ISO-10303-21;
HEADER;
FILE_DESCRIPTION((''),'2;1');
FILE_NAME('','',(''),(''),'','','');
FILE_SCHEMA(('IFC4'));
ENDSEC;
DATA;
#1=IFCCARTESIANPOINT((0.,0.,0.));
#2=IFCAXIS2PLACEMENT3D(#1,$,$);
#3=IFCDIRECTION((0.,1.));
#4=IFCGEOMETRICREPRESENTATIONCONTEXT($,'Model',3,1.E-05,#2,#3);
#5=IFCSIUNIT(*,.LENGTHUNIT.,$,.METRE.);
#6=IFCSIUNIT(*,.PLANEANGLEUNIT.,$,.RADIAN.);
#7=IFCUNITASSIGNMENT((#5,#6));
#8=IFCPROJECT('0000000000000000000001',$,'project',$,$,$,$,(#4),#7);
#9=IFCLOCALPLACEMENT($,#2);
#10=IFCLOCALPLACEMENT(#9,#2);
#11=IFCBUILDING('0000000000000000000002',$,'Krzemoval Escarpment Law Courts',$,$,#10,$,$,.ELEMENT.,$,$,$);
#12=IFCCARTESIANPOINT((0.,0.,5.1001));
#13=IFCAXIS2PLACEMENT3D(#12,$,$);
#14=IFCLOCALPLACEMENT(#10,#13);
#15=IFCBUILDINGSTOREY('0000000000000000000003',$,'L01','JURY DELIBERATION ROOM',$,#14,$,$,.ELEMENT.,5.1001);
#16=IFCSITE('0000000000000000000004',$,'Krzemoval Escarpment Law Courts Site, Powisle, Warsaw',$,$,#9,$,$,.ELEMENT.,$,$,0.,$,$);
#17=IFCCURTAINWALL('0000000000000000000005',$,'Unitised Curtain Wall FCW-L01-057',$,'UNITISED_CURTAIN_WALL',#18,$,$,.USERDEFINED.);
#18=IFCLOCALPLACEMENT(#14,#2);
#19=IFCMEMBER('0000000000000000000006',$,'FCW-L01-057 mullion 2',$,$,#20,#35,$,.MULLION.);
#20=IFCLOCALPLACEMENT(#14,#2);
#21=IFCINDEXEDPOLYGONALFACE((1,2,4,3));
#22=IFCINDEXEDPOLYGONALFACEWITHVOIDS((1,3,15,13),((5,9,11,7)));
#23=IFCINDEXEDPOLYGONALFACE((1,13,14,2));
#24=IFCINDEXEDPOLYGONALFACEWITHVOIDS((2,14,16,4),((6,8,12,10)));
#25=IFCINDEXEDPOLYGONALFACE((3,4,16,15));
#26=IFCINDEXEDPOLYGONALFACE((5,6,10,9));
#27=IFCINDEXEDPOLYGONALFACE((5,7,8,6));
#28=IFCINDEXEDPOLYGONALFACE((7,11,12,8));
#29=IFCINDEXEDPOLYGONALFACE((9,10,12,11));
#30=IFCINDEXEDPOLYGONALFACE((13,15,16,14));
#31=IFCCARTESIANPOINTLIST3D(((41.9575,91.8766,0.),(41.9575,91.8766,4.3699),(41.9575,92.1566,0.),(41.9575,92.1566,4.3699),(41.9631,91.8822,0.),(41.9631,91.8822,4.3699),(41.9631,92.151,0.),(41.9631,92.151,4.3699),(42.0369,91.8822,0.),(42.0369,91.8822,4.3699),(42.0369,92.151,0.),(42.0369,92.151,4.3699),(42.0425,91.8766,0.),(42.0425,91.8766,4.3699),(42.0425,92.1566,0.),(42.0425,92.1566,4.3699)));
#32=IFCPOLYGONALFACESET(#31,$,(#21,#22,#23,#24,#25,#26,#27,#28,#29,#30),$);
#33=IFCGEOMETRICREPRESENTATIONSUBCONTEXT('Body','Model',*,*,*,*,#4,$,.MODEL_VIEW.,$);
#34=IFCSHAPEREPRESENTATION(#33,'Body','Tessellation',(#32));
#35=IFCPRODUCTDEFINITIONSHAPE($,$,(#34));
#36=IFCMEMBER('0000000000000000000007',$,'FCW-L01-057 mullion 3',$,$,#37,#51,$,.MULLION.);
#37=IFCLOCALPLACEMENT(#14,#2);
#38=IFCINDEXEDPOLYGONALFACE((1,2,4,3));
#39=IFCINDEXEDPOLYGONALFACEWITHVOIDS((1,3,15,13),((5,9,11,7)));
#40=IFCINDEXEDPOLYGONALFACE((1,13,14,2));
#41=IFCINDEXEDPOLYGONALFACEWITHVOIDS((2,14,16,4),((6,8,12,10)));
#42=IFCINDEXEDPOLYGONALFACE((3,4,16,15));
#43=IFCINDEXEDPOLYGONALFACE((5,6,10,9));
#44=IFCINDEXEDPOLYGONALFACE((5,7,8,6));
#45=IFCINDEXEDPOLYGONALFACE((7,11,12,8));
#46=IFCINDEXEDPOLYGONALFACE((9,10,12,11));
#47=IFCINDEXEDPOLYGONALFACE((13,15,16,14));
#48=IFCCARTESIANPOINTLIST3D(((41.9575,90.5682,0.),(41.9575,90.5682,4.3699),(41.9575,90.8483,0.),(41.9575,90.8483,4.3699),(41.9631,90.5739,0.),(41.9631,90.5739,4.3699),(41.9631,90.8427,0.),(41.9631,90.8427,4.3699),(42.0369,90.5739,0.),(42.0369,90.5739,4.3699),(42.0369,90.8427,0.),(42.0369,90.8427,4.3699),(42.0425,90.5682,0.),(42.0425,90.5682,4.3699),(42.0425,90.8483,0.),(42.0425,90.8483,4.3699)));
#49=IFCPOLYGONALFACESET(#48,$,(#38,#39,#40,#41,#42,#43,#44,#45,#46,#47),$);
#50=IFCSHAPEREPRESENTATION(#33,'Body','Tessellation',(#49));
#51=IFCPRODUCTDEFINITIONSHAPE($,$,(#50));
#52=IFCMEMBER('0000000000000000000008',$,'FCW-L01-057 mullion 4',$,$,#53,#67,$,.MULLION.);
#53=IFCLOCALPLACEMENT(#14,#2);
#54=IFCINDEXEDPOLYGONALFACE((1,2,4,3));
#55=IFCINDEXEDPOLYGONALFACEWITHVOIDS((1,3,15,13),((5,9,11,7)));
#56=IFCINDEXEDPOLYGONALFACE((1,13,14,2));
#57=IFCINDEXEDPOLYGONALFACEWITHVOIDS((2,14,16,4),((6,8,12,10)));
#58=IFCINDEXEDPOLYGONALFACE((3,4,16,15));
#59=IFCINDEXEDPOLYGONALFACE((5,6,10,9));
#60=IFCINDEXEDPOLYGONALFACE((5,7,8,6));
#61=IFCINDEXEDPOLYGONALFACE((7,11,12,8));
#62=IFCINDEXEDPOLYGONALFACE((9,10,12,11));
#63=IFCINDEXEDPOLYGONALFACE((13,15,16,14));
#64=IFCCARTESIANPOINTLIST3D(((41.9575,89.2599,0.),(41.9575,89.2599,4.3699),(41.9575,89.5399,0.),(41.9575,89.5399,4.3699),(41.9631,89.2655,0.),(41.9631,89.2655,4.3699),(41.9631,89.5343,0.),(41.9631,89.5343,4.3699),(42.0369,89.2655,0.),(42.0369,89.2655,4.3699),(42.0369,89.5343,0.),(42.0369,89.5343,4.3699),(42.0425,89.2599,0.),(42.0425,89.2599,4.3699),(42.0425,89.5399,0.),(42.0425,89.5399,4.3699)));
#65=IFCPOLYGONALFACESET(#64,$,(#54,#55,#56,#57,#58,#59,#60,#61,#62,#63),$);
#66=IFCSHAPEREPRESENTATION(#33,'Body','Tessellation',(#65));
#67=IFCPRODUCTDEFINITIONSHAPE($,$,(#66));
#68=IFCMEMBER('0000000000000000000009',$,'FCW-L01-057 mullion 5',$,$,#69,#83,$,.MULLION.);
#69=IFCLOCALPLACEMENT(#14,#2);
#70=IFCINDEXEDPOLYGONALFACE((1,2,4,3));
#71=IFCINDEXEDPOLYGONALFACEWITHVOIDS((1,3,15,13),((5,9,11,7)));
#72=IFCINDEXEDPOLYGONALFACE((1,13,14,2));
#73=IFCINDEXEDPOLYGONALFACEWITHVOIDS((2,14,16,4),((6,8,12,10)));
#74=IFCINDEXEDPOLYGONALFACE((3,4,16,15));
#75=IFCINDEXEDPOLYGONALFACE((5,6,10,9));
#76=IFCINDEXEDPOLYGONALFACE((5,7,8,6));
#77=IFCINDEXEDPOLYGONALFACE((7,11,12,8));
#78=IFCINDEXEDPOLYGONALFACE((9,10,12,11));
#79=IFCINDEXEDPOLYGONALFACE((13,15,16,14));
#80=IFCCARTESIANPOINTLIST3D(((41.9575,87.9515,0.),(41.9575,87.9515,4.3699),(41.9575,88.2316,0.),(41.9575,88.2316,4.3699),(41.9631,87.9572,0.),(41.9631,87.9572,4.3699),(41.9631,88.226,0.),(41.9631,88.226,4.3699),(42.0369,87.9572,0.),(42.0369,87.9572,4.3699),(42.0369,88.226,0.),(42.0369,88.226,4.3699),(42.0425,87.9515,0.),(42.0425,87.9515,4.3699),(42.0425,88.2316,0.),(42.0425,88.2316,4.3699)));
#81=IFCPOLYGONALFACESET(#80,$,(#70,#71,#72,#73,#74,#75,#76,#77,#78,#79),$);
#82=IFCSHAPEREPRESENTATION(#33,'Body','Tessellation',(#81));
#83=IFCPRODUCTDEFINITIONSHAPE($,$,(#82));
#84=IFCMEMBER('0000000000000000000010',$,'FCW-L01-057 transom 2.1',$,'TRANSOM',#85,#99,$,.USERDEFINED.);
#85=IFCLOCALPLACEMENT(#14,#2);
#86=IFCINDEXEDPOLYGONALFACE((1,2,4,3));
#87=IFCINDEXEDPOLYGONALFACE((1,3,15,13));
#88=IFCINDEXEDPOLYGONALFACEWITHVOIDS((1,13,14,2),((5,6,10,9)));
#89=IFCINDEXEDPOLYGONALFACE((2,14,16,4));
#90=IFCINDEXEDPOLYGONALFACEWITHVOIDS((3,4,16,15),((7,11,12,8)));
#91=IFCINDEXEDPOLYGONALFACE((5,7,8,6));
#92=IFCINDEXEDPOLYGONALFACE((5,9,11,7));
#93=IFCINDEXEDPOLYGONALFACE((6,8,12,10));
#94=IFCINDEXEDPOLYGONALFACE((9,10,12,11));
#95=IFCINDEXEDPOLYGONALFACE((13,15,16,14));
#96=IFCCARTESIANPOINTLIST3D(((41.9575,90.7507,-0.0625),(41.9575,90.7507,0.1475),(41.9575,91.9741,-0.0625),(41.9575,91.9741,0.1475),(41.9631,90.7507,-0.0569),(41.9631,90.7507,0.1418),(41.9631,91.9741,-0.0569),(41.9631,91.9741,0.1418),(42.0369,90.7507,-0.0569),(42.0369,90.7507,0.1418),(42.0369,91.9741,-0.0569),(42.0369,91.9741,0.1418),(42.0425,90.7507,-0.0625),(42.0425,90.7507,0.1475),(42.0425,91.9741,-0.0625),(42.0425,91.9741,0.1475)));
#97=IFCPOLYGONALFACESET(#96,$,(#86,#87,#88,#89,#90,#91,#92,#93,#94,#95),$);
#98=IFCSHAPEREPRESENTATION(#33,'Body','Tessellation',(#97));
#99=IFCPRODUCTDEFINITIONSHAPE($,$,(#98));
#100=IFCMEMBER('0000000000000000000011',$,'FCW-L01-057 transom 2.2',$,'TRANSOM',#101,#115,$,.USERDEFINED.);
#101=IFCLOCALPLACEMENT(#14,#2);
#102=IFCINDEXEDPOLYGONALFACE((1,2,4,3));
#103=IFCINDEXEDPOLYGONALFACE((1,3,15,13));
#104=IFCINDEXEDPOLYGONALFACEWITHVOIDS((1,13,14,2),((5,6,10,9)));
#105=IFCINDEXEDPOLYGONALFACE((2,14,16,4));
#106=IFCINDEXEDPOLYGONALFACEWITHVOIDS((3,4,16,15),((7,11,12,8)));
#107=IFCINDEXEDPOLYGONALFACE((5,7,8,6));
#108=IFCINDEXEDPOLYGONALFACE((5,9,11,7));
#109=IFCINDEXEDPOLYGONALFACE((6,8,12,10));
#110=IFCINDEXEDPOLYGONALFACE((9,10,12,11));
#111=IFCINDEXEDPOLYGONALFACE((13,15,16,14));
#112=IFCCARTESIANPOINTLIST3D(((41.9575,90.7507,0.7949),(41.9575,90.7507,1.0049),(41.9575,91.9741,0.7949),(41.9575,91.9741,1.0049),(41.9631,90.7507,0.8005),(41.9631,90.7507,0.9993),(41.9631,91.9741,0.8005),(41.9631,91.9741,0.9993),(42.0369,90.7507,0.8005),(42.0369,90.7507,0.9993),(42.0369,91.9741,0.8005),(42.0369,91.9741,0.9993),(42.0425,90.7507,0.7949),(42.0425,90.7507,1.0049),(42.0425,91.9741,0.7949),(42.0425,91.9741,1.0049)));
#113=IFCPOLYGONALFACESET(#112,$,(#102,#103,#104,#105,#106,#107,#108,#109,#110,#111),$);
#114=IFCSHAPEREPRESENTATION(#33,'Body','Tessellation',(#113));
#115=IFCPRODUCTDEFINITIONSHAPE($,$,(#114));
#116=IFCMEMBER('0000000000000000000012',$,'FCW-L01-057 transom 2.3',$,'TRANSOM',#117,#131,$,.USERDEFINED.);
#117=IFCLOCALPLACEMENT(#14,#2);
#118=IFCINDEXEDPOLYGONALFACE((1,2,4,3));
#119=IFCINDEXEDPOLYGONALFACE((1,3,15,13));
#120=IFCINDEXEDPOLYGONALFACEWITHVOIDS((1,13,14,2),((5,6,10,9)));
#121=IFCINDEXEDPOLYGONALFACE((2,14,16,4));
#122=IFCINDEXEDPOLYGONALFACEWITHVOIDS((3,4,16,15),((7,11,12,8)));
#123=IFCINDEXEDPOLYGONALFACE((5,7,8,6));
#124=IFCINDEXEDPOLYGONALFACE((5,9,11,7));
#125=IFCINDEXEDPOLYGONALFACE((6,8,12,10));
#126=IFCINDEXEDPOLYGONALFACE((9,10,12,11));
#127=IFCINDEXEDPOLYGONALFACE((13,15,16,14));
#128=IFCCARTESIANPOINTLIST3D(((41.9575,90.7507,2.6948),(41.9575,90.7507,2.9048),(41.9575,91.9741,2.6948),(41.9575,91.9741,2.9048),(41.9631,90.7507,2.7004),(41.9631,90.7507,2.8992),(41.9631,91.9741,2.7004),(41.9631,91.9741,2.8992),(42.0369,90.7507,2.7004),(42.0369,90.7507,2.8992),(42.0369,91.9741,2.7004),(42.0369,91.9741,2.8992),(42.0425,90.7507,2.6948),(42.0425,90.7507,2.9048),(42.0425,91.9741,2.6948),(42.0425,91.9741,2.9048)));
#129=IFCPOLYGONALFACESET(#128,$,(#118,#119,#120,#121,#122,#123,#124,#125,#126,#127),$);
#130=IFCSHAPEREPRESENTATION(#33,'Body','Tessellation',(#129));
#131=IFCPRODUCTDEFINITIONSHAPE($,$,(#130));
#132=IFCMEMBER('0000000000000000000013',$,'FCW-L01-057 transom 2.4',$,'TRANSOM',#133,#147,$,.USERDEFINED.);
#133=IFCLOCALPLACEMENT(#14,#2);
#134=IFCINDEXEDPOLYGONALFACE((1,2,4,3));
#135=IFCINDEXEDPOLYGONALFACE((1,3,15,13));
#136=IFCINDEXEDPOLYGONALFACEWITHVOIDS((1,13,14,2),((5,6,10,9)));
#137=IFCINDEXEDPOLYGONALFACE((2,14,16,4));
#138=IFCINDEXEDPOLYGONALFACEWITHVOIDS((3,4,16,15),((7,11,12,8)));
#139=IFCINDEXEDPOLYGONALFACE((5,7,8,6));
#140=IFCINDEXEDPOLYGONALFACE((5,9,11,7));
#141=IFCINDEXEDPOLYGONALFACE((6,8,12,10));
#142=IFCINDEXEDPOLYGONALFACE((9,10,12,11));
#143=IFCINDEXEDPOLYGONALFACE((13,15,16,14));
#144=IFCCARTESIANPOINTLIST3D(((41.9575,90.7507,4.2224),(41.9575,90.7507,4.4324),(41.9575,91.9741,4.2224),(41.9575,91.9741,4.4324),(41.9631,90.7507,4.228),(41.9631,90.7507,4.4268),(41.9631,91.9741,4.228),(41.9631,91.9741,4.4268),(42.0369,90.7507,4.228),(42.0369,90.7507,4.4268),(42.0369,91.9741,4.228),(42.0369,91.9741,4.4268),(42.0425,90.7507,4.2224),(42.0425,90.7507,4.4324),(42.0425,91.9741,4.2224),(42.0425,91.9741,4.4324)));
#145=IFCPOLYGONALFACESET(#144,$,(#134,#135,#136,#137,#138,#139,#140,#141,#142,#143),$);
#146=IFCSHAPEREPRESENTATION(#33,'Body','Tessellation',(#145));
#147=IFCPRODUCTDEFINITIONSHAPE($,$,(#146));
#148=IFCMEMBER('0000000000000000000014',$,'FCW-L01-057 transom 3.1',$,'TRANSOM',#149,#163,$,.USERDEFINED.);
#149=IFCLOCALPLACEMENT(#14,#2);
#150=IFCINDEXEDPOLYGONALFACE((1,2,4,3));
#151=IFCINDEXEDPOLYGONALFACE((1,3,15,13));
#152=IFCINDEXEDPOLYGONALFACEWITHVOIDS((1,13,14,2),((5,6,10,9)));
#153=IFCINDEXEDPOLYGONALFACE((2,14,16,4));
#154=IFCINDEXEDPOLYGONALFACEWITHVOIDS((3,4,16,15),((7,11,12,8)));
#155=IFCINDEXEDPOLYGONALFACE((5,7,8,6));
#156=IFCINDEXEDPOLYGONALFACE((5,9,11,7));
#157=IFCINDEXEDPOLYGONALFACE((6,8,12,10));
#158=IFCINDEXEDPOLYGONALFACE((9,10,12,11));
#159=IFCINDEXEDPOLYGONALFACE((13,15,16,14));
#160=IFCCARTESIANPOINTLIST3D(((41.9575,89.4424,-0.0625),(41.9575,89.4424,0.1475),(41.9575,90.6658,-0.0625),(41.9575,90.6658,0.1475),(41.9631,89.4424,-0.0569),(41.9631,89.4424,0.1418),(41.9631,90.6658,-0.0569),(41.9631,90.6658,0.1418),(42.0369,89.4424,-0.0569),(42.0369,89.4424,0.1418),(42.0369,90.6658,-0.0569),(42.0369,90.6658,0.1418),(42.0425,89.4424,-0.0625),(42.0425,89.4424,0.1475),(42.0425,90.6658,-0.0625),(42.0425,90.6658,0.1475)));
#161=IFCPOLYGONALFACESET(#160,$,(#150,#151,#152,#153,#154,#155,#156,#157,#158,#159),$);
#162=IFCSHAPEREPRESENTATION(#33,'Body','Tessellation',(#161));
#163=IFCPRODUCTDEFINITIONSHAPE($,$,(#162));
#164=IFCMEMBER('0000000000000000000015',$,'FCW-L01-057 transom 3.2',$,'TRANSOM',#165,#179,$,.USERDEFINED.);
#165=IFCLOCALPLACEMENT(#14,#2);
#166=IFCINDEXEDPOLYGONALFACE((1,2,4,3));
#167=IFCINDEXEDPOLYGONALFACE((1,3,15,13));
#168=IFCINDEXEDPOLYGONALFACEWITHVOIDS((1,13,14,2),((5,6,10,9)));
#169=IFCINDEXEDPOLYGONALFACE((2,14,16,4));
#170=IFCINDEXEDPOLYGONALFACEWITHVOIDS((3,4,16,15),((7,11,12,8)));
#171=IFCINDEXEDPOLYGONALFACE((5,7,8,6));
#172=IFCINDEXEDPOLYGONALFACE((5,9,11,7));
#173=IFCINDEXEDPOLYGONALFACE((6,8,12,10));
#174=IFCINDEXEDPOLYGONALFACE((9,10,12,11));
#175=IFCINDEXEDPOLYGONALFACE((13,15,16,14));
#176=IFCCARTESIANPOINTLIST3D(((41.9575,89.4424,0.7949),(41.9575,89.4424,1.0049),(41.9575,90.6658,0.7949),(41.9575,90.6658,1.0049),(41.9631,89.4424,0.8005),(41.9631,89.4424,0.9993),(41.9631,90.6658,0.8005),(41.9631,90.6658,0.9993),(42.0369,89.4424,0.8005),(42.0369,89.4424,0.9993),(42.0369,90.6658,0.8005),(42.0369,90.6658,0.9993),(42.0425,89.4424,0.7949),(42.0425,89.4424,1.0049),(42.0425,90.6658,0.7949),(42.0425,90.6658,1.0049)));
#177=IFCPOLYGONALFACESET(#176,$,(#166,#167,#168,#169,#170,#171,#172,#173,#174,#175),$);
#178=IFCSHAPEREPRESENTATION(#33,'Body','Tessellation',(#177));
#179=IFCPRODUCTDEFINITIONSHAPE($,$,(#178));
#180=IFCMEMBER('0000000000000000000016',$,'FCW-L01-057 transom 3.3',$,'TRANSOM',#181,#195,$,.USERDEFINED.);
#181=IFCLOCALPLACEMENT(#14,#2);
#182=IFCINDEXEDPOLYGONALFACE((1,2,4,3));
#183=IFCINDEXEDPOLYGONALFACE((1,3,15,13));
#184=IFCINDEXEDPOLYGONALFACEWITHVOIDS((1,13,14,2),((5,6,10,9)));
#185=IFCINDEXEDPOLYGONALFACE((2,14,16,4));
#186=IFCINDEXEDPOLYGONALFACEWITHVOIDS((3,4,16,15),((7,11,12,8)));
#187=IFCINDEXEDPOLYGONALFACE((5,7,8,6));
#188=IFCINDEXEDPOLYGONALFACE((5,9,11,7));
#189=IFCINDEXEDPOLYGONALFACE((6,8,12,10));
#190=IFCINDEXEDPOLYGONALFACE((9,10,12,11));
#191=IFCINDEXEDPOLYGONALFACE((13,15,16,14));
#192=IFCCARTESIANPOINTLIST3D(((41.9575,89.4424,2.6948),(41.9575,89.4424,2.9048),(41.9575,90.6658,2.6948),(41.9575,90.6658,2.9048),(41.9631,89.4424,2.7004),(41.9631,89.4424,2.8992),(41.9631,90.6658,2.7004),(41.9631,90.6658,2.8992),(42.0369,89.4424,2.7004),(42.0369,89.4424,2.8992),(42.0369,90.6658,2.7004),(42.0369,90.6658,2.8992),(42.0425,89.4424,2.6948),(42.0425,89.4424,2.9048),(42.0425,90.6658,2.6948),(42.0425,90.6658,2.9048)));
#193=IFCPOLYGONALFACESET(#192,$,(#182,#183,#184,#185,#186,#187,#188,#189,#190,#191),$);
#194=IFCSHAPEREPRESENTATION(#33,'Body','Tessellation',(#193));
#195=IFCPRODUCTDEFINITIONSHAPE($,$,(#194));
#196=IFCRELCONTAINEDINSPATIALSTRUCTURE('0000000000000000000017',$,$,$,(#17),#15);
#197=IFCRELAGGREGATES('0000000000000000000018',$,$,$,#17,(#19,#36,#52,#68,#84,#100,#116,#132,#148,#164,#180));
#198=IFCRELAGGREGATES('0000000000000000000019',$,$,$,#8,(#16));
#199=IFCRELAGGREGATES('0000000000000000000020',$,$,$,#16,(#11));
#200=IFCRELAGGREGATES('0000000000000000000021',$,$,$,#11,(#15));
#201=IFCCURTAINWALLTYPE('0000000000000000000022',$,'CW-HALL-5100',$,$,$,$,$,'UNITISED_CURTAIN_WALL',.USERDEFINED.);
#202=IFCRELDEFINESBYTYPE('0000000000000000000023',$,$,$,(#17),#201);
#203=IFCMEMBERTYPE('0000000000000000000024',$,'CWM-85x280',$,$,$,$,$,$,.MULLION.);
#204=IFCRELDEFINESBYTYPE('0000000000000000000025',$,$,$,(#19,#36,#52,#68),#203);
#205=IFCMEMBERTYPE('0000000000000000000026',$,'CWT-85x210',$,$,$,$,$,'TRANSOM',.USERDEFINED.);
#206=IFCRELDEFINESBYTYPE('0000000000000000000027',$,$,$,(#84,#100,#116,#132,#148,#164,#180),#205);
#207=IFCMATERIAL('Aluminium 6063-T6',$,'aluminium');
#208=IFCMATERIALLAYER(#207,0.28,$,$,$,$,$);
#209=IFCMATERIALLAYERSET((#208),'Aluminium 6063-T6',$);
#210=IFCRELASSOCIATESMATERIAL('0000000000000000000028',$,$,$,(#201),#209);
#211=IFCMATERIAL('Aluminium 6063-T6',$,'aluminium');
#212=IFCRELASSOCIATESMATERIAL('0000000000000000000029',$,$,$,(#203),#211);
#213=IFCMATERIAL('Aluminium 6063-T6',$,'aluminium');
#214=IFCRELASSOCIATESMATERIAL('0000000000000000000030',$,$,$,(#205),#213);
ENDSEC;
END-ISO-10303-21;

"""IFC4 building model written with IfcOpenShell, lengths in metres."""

from ifc_helpers import new_model, si_unit, direction, frame, origin, origin_2d, place, context, subcontext, project, spatial, hollow_rectangle, extrude, material, layer, layer_set, material_profile, profile_set, type_object, element, aggregate, save


model = new_model("IFC4")

# Units and contexts
model_context = context("Model", 3, precision=1e-05, world=origin(), true_north=direction((0.0, 1.0)))
body_context = subcontext(model_context, "Body", "Model", "MODEL_VIEW")
ifc_project = project(units=[si_unit("LENGTHUNIT", "METRE"), si_unit("PLANEANGLEUNIT", "RADIAN")], contexts=[model_context])

# Site, building, storey
site_placement = place(None, origin())
site = spatial("IfcSite", under=ifc_project, at=site_placement, Name="Krzemoval Escarpment Law Courts Site, Powisle, Warsaw", CompositionType="ELEMENT", RefElevation=0.0)
building_placement = place(site_placement, origin())
building = spatial("IfcBuilding", under=site, at=building_placement, Name="Krzemoval Escarpment Law Courts", CompositionType="ELEMENT")
storey_placement = place(building_placement, frame((0.0, 0.0, 5.1001)))
storey = spatial("IfcBuildingStorey", under=building, at=storey_placement, Name="L01", Description="JURY DELIBERATION ROOM", CompositionType="ELEMENT", Elevation=5.1001)

# Curtain wall, members
ifc_material_1 = material(Name="Aluminium 6063-T6", Category="aluminium")
ifc_layer_1 = layer(ifc_material_1, 0.28)
ifc_layer_set_1 = layer_set([ifc_layer_1], Name="Aluminium 6063-T6")
curtain_wall_type = type_object("IfcCurtainWallType", Name="CW-HALL-5100", ElementType="UNITISED_CURTAIN_WALL", PredefinedType="USERDEFINED", material=ifc_layer_set_1)
curtain_wall_placement = place(storey_placement, origin())
curtain_wall = element("IfcCurtainWall", 1, at=curtain_wall_placement, inside=storey, type_object=curtain_wall_type, Name="Unitised Curtain Wall FCW-L01-057", ObjectType="UNITISED_CURTAIN_WALL", PredefinedType="USERDEFINED")
ifc_material_2 = material(Name="Aluminium 6063-T6", Category="aluminium")
ifc_material_profile_1 = material_profile(ifc_material_2, hollow_rectangle(XDim=0.085, YDim=0.28, WallThickness=0.0056, at=origin_2d()), Name="ALU M85x280")
ifc_profile_set_1 = profile_set([ifc_material_profile_1], Name="Aluminium 6063-T6")
member_type_1 = type_object("IfcMemberType", Name="CWM-85x280", PredefinedType="MULLION", material=ifc_profile_set_1)
member_1_placement = place(storey_placement, frame((42.0, 92.0166, 0.0), z_axis=(0.0, 0.0, 1.0), x_axis=(1.0, 0.0, 0.0)))
member_1 = element("IfcMember", 2, at=member_1_placement, type_object=member_type_1, Name="FCW-L01-057 mullion 2", PredefinedType="MULLION", context=body_context, shape_type="SweptSolid", body=[
    extrude(hollow_rectangle(XDim=0.085, YDim=0.28, WallThickness=0.0056, at=origin_2d()), origin(), (0.0, 0.0, 1.0), 4.3699),
])
member_2_placement = place(storey_placement, frame((42.0, 90.7083, 0.0), z_axis=(0.0, 0.0, 1.0), x_axis=(1.0, 0.0, 0.0)))
member_2 = element("IfcMember", 3, at=member_2_placement, type_object=member_type_1, Name="FCW-L01-057 mullion 3", PredefinedType="MULLION", context=body_context, shape_type="SweptSolid", body=[
    extrude(hollow_rectangle(XDim=0.085, YDim=0.28, WallThickness=0.0056, at=origin_2d()), origin(), (0.0, 0.0, 1.0), 4.3699),
])
member_3_placement = place(storey_placement, frame((42.0, 89.3999, 0.0), z_axis=(0.0, 0.0, 1.0), x_axis=(1.0, 0.0, 0.0)))
member_3 = element("IfcMember", 4, at=member_3_placement, type_object=member_type_1, Name="FCW-L01-057 mullion 4", PredefinedType="MULLION", context=body_context, shape_type="SweptSolid", body=[
    extrude(hollow_rectangle(XDim=0.085, YDim=0.28, WallThickness=0.0056, at=origin_2d()), origin(), (0.0, 0.0, 1.0), 4.3699),
])
member_4_placement = place(storey_placement, frame((42.0, 88.0916, 0.0), z_axis=(0.0, 0.0, 1.0), x_axis=(1.0, 0.0, 0.0)))
member_4 = element("IfcMember", 5, at=member_4_placement, type_object=member_type_1, Name="FCW-L01-057 mullion 5", PredefinedType="MULLION", context=body_context, shape_type="SweptSolid", body=[
    extrude(hollow_rectangle(XDim=0.085, YDim=0.28, WallThickness=0.0056, at=origin_2d()), origin(), (0.0, 0.0, 1.0), 4.3699),
])
ifc_material_3 = material(Name="Aluminium 6063-T6", Category="aluminium")
ifc_material_profile_2 = material_profile(ifc_material_3, hollow_rectangle(XDim=0.085, YDim=0.21, WallThickness=0.0056, at=origin_2d()), Name="ALU T85x210")
ifc_profile_set_2 = profile_set([ifc_material_profile_2], Name="Aluminium 6063-T6")
member_type_2 = type_object("IfcMemberType", Name="CWT-85x210", ElementType="TRANSOM", PredefinedType="USERDEFINED", material=ifc_profile_set_2)
member_5_placement = place(storey_placement, frame((42.0, 91.9741, 0.0425), z_axis=(0.0, -1.0, 0.0), x_axis=(1.0, 0.0, 0.0)))
member_5 = element("IfcMember", 6, at=member_5_placement, type_object=member_type_2, Name="FCW-L01-057 transom 2.1", ObjectType="TRANSOM", PredefinedType="USERDEFINED", context=body_context, shape_type="SweptSolid", body=[
    extrude(hollow_rectangle(XDim=0.085, YDim=0.21, WallThickness=0.0056, at=origin_2d()), origin(), (0.0, 0.0, 1.0), 1.2234),
])
member_6_placement = place(storey_placement, frame((42.0, 91.9741, 0.8999), z_axis=(0.0, -1.0, 0.0), x_axis=(1.0, 0.0, 0.0)))
member_6 = element("IfcMember", 7, at=member_6_placement, type_object=member_type_2, Name="FCW-L01-057 transom 2.2", ObjectType="TRANSOM", PredefinedType="USERDEFINED", context=body_context, shape_type="SweptSolid", body=[
    extrude(hollow_rectangle(XDim=0.085, YDim=0.21, WallThickness=0.0056, at=origin_2d()), origin(), (0.0, 0.0, 1.0), 1.2234),
])
member_7_placement = place(storey_placement, frame((42.0, 91.9741, 2.7998), z_axis=(0.0, -1.0, 0.0), x_axis=(1.0, 0.0, 0.0)))
member_7 = element("IfcMember", 8, at=member_7_placement, type_object=member_type_2, Name="FCW-L01-057 transom 2.3", ObjectType="TRANSOM", PredefinedType="USERDEFINED", context=body_context, shape_type="SweptSolid", body=[
    extrude(hollow_rectangle(XDim=0.085, YDim=0.21, WallThickness=0.0056, at=origin_2d()), origin(), (0.0, 0.0, 1.0), 1.2234),
])
member_8_placement = place(storey_placement, frame((42.0, 91.9741, 4.3274), z_axis=(0.0, -1.0, 0.0), x_axis=(1.0, 0.0, 0.0)))
member_8 = element("IfcMember", 9, at=member_8_placement, type_object=member_type_2, Name="FCW-L01-057 transom 2.4", ObjectType="TRANSOM", PredefinedType="USERDEFINED", context=body_context, shape_type="SweptSolid", body=[
    extrude(hollow_rectangle(XDim=0.085, YDim=0.21, WallThickness=0.0056, at=origin_2d()), origin(), (0.0, 0.0, 1.0), 1.2234),
])
member_9_placement = place(storey_placement, frame((42.0, 90.6658, 0.0425), z_axis=(0.0, -1.0, 0.0), x_axis=(1.0, 0.0, 0.0)))
member_9 = element("IfcMember", 10, at=member_9_placement, type_object=member_type_2, Name="FCW-L01-057 transom 3.1", ObjectType="TRANSOM", PredefinedType="USERDEFINED", context=body_context, shape_type="SweptSolid", body=[
    extrude(hollow_rectangle(XDim=0.085, YDim=0.21, WallThickness=0.0056, at=origin_2d()), origin(), (0.0, 0.0, 1.0), 1.2234),
])
member_10_placement = place(storey_placement, frame((42.0, 90.6658, 0.8999), z_axis=(0.0, -1.0, 0.0), x_axis=(1.0, 0.0, 0.0)))
member_10 = element("IfcMember", 11, at=member_10_placement, type_object=member_type_2, Name="FCW-L01-057 transom 3.2", ObjectType="TRANSOM", PredefinedType="USERDEFINED", context=body_context, shape_type="SweptSolid", body=[
    extrude(hollow_rectangle(XDim=0.085, YDim=0.21, WallThickness=0.0056, at=origin_2d()), origin(), (0.0, 0.0, 1.0), 1.2234),
])
member_11_placement = place(storey_placement, frame((42.0, 90.6658, 2.7998), z_axis=(0.0, -1.0, 0.0), x_axis=(1.0, 0.0, 0.0)))
member_11 = element("IfcMember", 12, at=member_11_placement, type_object=member_type_2, Name="FCW-L01-057 transom 3.3", ObjectType="TRANSOM", PredefinedType="USERDEFINED", context=body_context, shape_type="SweptSolid", body=[
    extrude(hollow_rectangle(XDim=0.085, YDim=0.21, WallThickness=0.0056, at=origin_2d()), origin(), (0.0, 0.0, 1.0), 1.2234),
])
aggregate(curtain_wall, [member_1, member_2, member_3, member_4, member_5, member_6, member_7, member_8, member_9, member_10, member_11])

save(model, "model.ifc")
